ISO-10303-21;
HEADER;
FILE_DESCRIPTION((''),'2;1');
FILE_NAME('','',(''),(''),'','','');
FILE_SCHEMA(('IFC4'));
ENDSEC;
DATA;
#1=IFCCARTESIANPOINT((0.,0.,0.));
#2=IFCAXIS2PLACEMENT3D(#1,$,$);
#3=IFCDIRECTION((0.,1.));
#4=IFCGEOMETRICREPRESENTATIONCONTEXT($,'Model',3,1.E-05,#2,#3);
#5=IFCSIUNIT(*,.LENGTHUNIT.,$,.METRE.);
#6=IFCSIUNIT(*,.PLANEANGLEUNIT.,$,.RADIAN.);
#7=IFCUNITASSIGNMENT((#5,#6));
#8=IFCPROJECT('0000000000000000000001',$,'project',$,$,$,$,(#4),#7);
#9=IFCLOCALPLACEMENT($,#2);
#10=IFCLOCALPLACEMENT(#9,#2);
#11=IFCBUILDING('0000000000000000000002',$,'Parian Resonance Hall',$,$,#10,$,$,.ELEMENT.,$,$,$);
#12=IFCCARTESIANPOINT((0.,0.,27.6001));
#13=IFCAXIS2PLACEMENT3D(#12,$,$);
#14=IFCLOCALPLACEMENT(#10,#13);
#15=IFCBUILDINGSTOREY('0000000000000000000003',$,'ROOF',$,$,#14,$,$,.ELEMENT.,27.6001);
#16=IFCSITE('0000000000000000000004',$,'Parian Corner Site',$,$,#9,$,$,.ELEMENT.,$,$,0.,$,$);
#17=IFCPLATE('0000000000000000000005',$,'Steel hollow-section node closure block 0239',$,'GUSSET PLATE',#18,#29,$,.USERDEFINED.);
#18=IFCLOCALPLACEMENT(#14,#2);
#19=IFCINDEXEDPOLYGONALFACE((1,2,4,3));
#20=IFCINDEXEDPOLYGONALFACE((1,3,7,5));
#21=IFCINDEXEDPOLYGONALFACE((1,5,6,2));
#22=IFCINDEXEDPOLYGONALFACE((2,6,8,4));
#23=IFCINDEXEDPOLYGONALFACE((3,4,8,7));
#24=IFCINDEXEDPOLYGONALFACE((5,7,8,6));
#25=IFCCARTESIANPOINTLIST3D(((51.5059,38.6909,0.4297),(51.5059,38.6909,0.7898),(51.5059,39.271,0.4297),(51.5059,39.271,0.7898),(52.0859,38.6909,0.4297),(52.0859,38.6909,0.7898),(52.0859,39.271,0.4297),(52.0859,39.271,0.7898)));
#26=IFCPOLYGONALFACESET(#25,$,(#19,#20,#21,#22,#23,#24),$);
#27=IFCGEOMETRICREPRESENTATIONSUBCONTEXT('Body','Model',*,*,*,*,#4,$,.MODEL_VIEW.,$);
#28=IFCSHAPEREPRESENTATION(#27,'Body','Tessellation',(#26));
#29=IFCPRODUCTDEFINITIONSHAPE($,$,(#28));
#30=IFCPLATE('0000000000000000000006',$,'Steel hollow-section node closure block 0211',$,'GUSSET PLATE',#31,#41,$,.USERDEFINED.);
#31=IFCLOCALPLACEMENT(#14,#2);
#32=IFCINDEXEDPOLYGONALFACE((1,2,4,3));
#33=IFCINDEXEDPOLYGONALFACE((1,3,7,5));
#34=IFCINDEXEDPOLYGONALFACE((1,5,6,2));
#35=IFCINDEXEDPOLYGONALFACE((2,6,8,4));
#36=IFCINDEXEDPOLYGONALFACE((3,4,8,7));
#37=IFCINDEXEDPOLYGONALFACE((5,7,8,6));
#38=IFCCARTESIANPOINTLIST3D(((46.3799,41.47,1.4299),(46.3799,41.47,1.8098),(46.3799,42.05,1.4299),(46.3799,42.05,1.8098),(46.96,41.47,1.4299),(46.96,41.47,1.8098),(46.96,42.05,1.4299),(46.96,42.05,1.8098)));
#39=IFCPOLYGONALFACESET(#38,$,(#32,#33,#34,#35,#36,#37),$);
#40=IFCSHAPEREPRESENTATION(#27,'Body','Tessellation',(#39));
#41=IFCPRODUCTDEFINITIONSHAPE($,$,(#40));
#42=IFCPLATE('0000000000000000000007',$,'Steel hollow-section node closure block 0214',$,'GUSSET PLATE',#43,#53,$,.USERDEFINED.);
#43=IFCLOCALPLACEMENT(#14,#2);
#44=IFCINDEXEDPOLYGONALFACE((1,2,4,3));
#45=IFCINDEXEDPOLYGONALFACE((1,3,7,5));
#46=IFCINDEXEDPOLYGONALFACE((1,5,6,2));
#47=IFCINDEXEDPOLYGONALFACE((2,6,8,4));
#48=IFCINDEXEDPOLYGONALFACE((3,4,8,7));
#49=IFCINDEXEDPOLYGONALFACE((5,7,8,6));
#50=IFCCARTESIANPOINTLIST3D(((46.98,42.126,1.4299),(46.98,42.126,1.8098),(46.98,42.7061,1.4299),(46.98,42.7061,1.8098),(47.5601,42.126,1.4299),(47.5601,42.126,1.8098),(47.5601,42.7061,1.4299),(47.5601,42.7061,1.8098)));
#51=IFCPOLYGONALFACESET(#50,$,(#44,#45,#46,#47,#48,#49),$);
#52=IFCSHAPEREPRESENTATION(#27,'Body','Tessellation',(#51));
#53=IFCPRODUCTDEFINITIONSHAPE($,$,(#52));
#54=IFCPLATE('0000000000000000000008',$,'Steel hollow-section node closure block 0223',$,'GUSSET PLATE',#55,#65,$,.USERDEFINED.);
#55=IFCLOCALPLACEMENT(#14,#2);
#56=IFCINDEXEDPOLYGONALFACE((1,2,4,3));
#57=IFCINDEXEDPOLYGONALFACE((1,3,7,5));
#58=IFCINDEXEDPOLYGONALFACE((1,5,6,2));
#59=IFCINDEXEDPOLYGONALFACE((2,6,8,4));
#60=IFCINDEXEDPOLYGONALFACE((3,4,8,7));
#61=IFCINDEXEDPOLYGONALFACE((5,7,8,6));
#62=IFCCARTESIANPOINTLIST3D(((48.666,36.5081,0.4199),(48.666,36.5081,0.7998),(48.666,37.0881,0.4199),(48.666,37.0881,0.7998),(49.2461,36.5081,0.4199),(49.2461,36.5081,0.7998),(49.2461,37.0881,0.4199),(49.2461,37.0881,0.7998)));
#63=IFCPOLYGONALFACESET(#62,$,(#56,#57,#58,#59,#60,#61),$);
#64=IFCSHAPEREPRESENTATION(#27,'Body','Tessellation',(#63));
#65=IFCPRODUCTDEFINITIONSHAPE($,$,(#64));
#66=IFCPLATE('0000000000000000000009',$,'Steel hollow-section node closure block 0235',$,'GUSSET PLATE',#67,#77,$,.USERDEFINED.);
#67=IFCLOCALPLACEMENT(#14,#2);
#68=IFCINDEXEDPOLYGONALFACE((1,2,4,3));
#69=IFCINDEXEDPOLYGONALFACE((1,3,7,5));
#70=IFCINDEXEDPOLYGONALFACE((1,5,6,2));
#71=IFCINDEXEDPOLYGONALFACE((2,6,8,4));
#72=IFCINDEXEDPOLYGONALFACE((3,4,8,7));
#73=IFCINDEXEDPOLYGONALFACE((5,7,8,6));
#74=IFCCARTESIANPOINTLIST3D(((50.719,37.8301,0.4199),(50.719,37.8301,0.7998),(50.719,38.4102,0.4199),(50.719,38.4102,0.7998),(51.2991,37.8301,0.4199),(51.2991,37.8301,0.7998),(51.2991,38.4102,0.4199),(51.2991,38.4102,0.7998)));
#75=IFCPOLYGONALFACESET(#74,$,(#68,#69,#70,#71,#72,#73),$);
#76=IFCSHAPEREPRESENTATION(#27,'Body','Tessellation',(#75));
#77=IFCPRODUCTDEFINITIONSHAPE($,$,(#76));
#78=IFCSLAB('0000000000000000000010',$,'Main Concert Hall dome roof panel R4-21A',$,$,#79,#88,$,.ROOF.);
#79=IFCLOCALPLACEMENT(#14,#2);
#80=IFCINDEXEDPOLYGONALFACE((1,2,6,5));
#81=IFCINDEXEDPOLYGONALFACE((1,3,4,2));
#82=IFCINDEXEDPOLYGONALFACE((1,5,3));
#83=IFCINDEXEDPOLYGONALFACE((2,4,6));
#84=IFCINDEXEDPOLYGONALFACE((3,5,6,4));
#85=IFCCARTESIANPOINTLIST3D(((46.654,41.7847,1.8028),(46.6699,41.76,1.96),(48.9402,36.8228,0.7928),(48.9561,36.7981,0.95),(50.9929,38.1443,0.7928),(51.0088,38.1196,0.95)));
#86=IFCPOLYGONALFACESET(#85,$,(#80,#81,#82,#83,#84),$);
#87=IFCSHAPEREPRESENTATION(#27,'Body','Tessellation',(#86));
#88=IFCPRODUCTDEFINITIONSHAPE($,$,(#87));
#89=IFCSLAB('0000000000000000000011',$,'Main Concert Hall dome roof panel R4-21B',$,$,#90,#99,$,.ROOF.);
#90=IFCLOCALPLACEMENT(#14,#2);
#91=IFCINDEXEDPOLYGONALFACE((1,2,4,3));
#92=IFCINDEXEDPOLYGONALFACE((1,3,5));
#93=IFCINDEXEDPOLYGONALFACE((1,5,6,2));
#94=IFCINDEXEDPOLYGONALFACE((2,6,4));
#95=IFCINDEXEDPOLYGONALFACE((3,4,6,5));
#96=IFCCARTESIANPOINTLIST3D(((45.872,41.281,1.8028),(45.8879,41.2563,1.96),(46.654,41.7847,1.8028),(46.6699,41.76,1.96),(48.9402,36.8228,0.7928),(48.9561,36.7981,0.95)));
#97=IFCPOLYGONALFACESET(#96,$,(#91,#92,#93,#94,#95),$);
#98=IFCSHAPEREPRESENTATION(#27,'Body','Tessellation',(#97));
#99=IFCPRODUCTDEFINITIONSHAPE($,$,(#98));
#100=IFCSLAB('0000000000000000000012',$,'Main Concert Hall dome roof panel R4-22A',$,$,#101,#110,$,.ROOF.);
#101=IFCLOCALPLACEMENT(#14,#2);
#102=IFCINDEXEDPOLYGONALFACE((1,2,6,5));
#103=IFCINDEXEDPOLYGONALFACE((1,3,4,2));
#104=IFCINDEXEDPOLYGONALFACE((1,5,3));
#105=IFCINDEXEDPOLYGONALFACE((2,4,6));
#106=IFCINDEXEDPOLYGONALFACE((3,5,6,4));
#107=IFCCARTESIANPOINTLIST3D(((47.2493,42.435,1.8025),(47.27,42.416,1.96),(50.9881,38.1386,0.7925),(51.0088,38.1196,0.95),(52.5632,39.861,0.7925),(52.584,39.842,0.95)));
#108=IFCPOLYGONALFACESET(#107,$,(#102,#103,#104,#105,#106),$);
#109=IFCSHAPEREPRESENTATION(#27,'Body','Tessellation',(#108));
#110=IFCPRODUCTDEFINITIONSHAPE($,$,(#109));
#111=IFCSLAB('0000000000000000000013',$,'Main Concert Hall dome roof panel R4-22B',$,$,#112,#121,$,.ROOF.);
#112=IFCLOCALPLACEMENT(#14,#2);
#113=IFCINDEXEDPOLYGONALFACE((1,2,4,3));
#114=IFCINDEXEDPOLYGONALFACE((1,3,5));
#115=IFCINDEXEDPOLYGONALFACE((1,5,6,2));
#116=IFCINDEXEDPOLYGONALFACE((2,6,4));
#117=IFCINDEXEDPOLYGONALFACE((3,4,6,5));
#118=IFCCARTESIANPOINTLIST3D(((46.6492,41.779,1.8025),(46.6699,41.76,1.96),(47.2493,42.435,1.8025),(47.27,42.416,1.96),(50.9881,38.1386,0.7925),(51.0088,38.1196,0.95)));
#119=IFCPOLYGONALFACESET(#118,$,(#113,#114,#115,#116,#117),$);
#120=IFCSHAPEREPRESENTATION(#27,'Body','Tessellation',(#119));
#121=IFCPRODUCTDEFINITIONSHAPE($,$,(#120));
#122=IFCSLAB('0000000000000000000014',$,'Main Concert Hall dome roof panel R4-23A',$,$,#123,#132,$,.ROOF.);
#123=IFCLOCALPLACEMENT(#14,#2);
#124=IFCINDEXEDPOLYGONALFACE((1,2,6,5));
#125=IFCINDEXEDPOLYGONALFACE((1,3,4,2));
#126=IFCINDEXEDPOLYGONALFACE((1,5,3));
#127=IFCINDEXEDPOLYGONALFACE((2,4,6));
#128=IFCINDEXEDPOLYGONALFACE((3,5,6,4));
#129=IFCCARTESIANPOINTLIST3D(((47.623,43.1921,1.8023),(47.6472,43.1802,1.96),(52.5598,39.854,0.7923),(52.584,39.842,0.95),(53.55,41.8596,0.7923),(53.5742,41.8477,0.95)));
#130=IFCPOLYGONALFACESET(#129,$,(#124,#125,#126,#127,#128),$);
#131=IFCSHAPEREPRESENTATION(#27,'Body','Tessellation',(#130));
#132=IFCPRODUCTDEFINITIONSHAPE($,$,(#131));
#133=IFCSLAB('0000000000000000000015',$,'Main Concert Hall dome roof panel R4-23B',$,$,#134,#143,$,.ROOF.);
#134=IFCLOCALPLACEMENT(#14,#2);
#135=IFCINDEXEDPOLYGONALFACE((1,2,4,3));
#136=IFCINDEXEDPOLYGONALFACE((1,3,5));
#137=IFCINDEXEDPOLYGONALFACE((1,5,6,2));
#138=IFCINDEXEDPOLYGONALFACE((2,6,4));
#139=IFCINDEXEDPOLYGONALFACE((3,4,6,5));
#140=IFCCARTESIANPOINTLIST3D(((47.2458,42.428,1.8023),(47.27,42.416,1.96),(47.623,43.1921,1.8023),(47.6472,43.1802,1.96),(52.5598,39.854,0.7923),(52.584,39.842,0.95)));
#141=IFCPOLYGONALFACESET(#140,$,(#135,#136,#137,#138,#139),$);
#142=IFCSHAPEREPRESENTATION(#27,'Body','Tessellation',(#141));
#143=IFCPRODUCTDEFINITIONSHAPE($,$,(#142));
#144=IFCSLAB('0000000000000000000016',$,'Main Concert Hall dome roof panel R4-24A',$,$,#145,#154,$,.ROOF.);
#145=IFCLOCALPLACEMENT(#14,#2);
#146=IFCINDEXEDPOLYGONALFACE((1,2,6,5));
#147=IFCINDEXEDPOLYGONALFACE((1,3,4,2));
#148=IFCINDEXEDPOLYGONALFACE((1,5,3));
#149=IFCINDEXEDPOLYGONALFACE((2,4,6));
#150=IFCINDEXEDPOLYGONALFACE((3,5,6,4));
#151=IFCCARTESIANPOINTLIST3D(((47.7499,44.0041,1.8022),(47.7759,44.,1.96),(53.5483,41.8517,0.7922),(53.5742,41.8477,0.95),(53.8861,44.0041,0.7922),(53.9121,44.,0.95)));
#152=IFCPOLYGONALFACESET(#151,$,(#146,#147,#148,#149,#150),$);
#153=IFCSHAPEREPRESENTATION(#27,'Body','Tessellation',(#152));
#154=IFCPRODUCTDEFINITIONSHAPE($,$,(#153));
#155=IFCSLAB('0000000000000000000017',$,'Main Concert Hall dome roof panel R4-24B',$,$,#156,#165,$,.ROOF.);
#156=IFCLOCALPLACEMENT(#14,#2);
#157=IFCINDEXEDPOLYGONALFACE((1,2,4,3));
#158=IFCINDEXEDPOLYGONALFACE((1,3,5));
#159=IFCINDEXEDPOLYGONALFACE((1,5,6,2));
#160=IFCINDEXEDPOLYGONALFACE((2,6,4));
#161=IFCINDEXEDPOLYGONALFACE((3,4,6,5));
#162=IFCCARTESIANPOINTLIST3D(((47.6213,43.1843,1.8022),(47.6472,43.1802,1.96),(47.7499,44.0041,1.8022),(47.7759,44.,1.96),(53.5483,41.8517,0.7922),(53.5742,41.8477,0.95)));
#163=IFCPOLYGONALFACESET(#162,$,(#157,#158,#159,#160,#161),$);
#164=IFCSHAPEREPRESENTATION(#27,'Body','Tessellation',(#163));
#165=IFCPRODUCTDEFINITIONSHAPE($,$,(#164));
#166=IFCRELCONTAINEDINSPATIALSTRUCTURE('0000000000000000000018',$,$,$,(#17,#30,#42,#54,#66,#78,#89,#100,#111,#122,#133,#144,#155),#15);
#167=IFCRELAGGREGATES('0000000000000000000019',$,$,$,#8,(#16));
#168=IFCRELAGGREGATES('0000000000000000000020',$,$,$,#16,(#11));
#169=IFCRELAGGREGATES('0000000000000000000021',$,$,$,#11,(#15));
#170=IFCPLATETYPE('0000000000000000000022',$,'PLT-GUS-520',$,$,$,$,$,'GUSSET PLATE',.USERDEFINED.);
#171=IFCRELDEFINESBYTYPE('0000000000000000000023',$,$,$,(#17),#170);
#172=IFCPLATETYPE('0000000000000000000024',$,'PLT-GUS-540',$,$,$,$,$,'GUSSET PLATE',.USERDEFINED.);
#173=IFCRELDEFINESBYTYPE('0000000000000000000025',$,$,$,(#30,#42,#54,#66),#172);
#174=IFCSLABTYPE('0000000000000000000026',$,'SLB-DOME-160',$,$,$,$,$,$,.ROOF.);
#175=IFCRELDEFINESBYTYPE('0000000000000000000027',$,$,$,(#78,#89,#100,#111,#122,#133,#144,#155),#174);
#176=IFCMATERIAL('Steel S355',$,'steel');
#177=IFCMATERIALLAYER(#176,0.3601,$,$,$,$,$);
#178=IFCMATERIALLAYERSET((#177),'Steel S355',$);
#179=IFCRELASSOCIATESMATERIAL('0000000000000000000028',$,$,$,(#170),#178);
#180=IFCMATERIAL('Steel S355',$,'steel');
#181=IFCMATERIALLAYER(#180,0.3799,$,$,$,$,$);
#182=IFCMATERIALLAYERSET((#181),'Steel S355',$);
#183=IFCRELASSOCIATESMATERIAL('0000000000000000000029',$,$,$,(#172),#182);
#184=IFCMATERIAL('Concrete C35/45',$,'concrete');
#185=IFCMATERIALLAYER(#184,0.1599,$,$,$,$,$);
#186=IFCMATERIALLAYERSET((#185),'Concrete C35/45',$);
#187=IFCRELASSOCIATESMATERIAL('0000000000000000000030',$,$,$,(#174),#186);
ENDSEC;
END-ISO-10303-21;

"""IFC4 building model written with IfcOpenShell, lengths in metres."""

from ifc_helpers import new_model, si_unit, direction, frame, origin, origin_2d, place, context, subcontext, project, spatial, polyline, rectangle, outline, extrude, material, layer, layer_set, type_object, element, save


model = new_model("IFC4")

# Units and contexts
model_context = context("Model", 3, precision=1e-05, world=origin(), true_north=direction((0.0, 1.0)))
body_context = subcontext(model_context, "Body", "Model", "MODEL_VIEW")
ifc_project = project(units=[si_unit("LENGTHUNIT", "METRE"), si_unit("PLANEANGLEUNIT", "RADIAN")], contexts=[model_context])

# Site, building, storey
site_placement = place(None, origin())
site = spatial("IfcSite", under=ifc_project, at=site_placement, Name="Parian Corner Site", CompositionType="ELEMENT", RefElevation=0.0)
building_placement = place(site_placement, origin())
building = spatial("IfcBuilding", under=site, at=building_placement, Name="Parian Resonance Hall", CompositionType="ELEMENT")
storey_placement = place(building_placement, frame((0.0, 0.0, 27.6001)))
storey = spatial("IfcBuildingStorey", under=building, at=storey_placement, Name="ROOF", CompositionType="ELEMENT", Elevation=27.6001)

# Plates
ifc_material_1 = material(Name="Steel S355", Category="steel")
ifc_layer_1 = layer(ifc_material_1, 0.3601)
ifc_layer_set_1 = layer_set([ifc_layer_1], Name="Steel S355")
plate_type_1 = type_object("IfcPlateType", Name="PLT-GUS-520", ElementType="GUSSET PLATE", PredefinedType="USERDEFINED", material=ifc_layer_set_1)
for number, where, z_axis, x_axis, name in (
    (1, (51.7959, 38.981, 0.4297), (0.0, 0.0, 1.0), (1.0, 0.0, 0.0), "Steel hollow-section node closure block 0239"),
):
    element("IfcPlate", number, at=place(storey_placement, frame(where, z_axis=z_axis, x_axis=x_axis)), inside=storey, type_object=plate_type_1, Name=name, ObjectType="GUSSET PLATE", PredefinedType="USERDEFINED", context=body_context, shape_type="SweptSolid", body=[
        extrude(rectangle(XDim=0.5801, YDim=0.5801, at=origin_2d()), origin(), (0.0, 0.0, 1.0), 0.3601),
    ])
ifc_material_2 = material(Name="Steel S355", Category="steel")
ifc_layer_2 = layer(ifc_material_2, 0.3799)
ifc_layer_set_2 = layer_set([ifc_layer_2], Name="Steel S355")
plate_type_2 = type_object("IfcPlateType", Name="PLT-GUS-540", ElementType="GUSSET PLATE", PredefinedType="USERDEFINED", material=ifc_layer_set_2)
for number, where, z_axis, x_axis, name in (
    (2, (46.6699, 41.76, 1.4299), (0.0, 0.0, 1.0), (1.0, 0.0, 0.0), "Steel hollow-section node closure block 0211"),
    (3, (47.27, 42.416, 1.4299), (0.0, 0.0, 1.0), (1.0, 0.0, 0.0), "Steel hollow-section node closure block 0214"),
    (4, (48.9561, 36.7981, 0.4199), (0.0, 0.0, 1.0), (1.0, 0.0, 0.0), "Steel hollow-section node closure block 0223"),
    (5, (51.009, 38.1201, 0.4199), (0.0, 0.0, 1.0), (1.0, 0.0, 0.0), "Steel hollow-section node closure block 0235"),
):
    element("IfcPlate", number, at=place(storey_placement, frame(where, z_axis=z_axis, x_axis=x_axis)), inside=storey, type_object=plate_type_2, Name=name, ObjectType="GUSSET PLATE", PredefinedType="USERDEFINED", context=body_context, shape_type="SweptSolid", body=[
        extrude(rectangle(XDim=0.5801, YDim=0.5801, at=origin_2d()), origin(), (0.0, 0.0, 1.0), 0.3799),
    ])

# Slabs
ifc_material_3 = material(Name="Concrete C35/45", Category="concrete")
ifc_layer_3 = layer(ifc_material_3, 0.1599)
ifc_layer_set_3 = layer_set([ifc_layer_3], Name="Concrete C35/45")
slab_type = type_object("IfcSlabType", Name="SLB-DOME-160", PredefinedType="ROOF", material=ifc_layer_set_3)
slab_1_placement = place(storey_placement, frame((48.9561, 36.7981, 0.95), z_axis=(0.09935, -0.15432, 0.983013), x_axis=(0.840821, 0.541313, 0.0)))
element("IfcSlab", 6, at=slab_1_placement, inside=storey, type_object=slab_type, Name="Main Concert Hall dome roof panel R4-21A", PredefinedType="ROOF", context=body_context, shape_type="SweptSolid", body=[
    extrude(outline(polyline([(0.0, 0.0), (2.4413, 0.0), (0.7637, 5.5031), (0.0, 0.0)])), origin(), (0.0, 0.0, -1.0), 0.1599),
])
slab_2_placement = place(storey_placement, frame((48.9561, 36.7981, 0.95), z_axis=(0.099385, -0.154304, 0.983012), x_axis=(-0.411484, 0.893102, 0.181793)))
element("IfcSlab", 7, at=slab_2_placement, inside=storey, type_object=slab_type, Name="Main Concert Hall dome roof panel R4-21B", PredefinedType="ROOF", context=body_context, shape_type="SweptSolid", body=[
    extrude(outline(polyline([(0.0, 0.0), (5.5558, 0.0), (5.4278, 0.9213), (0.0, 0.0)])), origin(), (0.0, 0.0, -1.0), 0.1599),
])
slab_3_placement = place(storey_placement, frame((51.0088, 38.1196, 0.95), z_axis=(0.129669, -0.118586, 0.984441), x_axis=(0.674867, 0.73794, 0.0)))
element("IfcSlab", 8, at=slab_3_placement, inside=storey, type_object=slab_type, Name="Main Concert Hall dome roof panel R4-22A", PredefinedType="ROOF", context=body_context, shape_type="SweptSolid", body=[
    extrude(outline(polyline([(0.0, 0.0), (2.3341, 0.0), (0.6473, 5.7479), (0.0, 0.0)])), origin(), (0.0, 0.0, -1.0), 0.1599),
])
slab_4_placement = place(storey_placement, frame((51.0088, 38.1196, 0.95), z_axis=(0.129651, -0.118602, 0.984441), x_axis=(-0.646372, 0.742774, 0.174614)))
element("IfcSlab", 9, at=slab_4_placement, inside=storey, type_object=slab_type, Name="Main Concert Hall dome roof panel R4-22B", PredefinedType="ROOF", context=body_context, shape_type="SweptSolid", body=[
    extrude(outline(polyline([(0.0, 0.0), (5.7842, 0.0), (5.6849, 0.8835), (0.0, 0.0)])), origin(), (0.0, 0.0, -1.0), 0.1599),
])
slab_5_placement = place(storey_placement, frame((52.584, 39.842, 0.95), z_axis=(0.151187, -0.074645, 0.985683), x_axis=(0.442711, 0.896664, 0.0)))
element("IfcSlab", 10, at=slab_5_placement, inside=storey, type_object=slab_type, Name="Main Concert Hall dome roof panel R4-23A", PredefinedType="ROOF", context=body_context, shape_type="SweptSolid", body=[
    extrude(outline(polyline([(0.0, 0.0), (2.2368, 0.0), (0.8076, 5.9902), (0.0, 0.0)])), origin(), (0.0, 0.0, -1.0), 0.1599),
])
slab_6_placement = place(storey_placement, frame((52.584, 39.842, 0.95), z_axis=(0.151196, -0.074632, 0.985682), x_axis=(-0.816749, 0.552268, 0.167098)))
element("IfcSlab", 11, at=slab_6_placement, inside=storey, type_object=slab_type, Name="Main Concert Hall dome roof panel R4-23B", PredefinedType="ROOF", context=body_context, shape_type="SweptSolid", body=[
    extrude(outline(polyline([(0.0, 0.0), (6.0444, 0.0), (5.9305, 0.8445), (0.0, 0.0)])), origin(), (0.0, 0.0, -1.0), 0.1599),
])
slab_7_placement = place(storey_placement, frame((53.5742, 41.8477, 0.95), z_axis=(0.16236, -0.025488, 0.986402), x_axis=(0.155088, 0.987901, 0.0)))
element("IfcSlab", 12, at=slab_7_placement, inside=storey, type_object=slab_type, Name="Main Concert Hall dome roof panel R4-24A", PredefinedType="ROOF", context=body_context, shape_type="SweptSolid", body=[
    extrude(outline(polyline([(0.0, 0.0), (2.1787, 0.0), (1.227, 6.1456), (0.0, 0.0)])), origin(), (0.0, 0.0, -1.0), 0.1599),
])
slab_8_placement = place(storey_placement, frame((53.5742, 41.8477, 0.95), z_axis=(0.162362, -0.025481, 0.986402), x_axis=(-0.925239, 0.343449, 0.161167)))
element("IfcSlab", 13, at=slab_8_placement, inside=storey, type_object=slab_type, Name="Main Concert Hall dome roof panel R4-24B", PredefinedType="ROOF", context=body_context, shape_type="SweptSolid", body=[
    extrude(outline(polyline([(0.0, 0.0), (6.2669, 0.0), (6.1043, 0.8138), (0.0, 0.0)])), origin(), (0.0, 0.0, -1.0), 0.1599),
])

save(model, "model.ifc")
